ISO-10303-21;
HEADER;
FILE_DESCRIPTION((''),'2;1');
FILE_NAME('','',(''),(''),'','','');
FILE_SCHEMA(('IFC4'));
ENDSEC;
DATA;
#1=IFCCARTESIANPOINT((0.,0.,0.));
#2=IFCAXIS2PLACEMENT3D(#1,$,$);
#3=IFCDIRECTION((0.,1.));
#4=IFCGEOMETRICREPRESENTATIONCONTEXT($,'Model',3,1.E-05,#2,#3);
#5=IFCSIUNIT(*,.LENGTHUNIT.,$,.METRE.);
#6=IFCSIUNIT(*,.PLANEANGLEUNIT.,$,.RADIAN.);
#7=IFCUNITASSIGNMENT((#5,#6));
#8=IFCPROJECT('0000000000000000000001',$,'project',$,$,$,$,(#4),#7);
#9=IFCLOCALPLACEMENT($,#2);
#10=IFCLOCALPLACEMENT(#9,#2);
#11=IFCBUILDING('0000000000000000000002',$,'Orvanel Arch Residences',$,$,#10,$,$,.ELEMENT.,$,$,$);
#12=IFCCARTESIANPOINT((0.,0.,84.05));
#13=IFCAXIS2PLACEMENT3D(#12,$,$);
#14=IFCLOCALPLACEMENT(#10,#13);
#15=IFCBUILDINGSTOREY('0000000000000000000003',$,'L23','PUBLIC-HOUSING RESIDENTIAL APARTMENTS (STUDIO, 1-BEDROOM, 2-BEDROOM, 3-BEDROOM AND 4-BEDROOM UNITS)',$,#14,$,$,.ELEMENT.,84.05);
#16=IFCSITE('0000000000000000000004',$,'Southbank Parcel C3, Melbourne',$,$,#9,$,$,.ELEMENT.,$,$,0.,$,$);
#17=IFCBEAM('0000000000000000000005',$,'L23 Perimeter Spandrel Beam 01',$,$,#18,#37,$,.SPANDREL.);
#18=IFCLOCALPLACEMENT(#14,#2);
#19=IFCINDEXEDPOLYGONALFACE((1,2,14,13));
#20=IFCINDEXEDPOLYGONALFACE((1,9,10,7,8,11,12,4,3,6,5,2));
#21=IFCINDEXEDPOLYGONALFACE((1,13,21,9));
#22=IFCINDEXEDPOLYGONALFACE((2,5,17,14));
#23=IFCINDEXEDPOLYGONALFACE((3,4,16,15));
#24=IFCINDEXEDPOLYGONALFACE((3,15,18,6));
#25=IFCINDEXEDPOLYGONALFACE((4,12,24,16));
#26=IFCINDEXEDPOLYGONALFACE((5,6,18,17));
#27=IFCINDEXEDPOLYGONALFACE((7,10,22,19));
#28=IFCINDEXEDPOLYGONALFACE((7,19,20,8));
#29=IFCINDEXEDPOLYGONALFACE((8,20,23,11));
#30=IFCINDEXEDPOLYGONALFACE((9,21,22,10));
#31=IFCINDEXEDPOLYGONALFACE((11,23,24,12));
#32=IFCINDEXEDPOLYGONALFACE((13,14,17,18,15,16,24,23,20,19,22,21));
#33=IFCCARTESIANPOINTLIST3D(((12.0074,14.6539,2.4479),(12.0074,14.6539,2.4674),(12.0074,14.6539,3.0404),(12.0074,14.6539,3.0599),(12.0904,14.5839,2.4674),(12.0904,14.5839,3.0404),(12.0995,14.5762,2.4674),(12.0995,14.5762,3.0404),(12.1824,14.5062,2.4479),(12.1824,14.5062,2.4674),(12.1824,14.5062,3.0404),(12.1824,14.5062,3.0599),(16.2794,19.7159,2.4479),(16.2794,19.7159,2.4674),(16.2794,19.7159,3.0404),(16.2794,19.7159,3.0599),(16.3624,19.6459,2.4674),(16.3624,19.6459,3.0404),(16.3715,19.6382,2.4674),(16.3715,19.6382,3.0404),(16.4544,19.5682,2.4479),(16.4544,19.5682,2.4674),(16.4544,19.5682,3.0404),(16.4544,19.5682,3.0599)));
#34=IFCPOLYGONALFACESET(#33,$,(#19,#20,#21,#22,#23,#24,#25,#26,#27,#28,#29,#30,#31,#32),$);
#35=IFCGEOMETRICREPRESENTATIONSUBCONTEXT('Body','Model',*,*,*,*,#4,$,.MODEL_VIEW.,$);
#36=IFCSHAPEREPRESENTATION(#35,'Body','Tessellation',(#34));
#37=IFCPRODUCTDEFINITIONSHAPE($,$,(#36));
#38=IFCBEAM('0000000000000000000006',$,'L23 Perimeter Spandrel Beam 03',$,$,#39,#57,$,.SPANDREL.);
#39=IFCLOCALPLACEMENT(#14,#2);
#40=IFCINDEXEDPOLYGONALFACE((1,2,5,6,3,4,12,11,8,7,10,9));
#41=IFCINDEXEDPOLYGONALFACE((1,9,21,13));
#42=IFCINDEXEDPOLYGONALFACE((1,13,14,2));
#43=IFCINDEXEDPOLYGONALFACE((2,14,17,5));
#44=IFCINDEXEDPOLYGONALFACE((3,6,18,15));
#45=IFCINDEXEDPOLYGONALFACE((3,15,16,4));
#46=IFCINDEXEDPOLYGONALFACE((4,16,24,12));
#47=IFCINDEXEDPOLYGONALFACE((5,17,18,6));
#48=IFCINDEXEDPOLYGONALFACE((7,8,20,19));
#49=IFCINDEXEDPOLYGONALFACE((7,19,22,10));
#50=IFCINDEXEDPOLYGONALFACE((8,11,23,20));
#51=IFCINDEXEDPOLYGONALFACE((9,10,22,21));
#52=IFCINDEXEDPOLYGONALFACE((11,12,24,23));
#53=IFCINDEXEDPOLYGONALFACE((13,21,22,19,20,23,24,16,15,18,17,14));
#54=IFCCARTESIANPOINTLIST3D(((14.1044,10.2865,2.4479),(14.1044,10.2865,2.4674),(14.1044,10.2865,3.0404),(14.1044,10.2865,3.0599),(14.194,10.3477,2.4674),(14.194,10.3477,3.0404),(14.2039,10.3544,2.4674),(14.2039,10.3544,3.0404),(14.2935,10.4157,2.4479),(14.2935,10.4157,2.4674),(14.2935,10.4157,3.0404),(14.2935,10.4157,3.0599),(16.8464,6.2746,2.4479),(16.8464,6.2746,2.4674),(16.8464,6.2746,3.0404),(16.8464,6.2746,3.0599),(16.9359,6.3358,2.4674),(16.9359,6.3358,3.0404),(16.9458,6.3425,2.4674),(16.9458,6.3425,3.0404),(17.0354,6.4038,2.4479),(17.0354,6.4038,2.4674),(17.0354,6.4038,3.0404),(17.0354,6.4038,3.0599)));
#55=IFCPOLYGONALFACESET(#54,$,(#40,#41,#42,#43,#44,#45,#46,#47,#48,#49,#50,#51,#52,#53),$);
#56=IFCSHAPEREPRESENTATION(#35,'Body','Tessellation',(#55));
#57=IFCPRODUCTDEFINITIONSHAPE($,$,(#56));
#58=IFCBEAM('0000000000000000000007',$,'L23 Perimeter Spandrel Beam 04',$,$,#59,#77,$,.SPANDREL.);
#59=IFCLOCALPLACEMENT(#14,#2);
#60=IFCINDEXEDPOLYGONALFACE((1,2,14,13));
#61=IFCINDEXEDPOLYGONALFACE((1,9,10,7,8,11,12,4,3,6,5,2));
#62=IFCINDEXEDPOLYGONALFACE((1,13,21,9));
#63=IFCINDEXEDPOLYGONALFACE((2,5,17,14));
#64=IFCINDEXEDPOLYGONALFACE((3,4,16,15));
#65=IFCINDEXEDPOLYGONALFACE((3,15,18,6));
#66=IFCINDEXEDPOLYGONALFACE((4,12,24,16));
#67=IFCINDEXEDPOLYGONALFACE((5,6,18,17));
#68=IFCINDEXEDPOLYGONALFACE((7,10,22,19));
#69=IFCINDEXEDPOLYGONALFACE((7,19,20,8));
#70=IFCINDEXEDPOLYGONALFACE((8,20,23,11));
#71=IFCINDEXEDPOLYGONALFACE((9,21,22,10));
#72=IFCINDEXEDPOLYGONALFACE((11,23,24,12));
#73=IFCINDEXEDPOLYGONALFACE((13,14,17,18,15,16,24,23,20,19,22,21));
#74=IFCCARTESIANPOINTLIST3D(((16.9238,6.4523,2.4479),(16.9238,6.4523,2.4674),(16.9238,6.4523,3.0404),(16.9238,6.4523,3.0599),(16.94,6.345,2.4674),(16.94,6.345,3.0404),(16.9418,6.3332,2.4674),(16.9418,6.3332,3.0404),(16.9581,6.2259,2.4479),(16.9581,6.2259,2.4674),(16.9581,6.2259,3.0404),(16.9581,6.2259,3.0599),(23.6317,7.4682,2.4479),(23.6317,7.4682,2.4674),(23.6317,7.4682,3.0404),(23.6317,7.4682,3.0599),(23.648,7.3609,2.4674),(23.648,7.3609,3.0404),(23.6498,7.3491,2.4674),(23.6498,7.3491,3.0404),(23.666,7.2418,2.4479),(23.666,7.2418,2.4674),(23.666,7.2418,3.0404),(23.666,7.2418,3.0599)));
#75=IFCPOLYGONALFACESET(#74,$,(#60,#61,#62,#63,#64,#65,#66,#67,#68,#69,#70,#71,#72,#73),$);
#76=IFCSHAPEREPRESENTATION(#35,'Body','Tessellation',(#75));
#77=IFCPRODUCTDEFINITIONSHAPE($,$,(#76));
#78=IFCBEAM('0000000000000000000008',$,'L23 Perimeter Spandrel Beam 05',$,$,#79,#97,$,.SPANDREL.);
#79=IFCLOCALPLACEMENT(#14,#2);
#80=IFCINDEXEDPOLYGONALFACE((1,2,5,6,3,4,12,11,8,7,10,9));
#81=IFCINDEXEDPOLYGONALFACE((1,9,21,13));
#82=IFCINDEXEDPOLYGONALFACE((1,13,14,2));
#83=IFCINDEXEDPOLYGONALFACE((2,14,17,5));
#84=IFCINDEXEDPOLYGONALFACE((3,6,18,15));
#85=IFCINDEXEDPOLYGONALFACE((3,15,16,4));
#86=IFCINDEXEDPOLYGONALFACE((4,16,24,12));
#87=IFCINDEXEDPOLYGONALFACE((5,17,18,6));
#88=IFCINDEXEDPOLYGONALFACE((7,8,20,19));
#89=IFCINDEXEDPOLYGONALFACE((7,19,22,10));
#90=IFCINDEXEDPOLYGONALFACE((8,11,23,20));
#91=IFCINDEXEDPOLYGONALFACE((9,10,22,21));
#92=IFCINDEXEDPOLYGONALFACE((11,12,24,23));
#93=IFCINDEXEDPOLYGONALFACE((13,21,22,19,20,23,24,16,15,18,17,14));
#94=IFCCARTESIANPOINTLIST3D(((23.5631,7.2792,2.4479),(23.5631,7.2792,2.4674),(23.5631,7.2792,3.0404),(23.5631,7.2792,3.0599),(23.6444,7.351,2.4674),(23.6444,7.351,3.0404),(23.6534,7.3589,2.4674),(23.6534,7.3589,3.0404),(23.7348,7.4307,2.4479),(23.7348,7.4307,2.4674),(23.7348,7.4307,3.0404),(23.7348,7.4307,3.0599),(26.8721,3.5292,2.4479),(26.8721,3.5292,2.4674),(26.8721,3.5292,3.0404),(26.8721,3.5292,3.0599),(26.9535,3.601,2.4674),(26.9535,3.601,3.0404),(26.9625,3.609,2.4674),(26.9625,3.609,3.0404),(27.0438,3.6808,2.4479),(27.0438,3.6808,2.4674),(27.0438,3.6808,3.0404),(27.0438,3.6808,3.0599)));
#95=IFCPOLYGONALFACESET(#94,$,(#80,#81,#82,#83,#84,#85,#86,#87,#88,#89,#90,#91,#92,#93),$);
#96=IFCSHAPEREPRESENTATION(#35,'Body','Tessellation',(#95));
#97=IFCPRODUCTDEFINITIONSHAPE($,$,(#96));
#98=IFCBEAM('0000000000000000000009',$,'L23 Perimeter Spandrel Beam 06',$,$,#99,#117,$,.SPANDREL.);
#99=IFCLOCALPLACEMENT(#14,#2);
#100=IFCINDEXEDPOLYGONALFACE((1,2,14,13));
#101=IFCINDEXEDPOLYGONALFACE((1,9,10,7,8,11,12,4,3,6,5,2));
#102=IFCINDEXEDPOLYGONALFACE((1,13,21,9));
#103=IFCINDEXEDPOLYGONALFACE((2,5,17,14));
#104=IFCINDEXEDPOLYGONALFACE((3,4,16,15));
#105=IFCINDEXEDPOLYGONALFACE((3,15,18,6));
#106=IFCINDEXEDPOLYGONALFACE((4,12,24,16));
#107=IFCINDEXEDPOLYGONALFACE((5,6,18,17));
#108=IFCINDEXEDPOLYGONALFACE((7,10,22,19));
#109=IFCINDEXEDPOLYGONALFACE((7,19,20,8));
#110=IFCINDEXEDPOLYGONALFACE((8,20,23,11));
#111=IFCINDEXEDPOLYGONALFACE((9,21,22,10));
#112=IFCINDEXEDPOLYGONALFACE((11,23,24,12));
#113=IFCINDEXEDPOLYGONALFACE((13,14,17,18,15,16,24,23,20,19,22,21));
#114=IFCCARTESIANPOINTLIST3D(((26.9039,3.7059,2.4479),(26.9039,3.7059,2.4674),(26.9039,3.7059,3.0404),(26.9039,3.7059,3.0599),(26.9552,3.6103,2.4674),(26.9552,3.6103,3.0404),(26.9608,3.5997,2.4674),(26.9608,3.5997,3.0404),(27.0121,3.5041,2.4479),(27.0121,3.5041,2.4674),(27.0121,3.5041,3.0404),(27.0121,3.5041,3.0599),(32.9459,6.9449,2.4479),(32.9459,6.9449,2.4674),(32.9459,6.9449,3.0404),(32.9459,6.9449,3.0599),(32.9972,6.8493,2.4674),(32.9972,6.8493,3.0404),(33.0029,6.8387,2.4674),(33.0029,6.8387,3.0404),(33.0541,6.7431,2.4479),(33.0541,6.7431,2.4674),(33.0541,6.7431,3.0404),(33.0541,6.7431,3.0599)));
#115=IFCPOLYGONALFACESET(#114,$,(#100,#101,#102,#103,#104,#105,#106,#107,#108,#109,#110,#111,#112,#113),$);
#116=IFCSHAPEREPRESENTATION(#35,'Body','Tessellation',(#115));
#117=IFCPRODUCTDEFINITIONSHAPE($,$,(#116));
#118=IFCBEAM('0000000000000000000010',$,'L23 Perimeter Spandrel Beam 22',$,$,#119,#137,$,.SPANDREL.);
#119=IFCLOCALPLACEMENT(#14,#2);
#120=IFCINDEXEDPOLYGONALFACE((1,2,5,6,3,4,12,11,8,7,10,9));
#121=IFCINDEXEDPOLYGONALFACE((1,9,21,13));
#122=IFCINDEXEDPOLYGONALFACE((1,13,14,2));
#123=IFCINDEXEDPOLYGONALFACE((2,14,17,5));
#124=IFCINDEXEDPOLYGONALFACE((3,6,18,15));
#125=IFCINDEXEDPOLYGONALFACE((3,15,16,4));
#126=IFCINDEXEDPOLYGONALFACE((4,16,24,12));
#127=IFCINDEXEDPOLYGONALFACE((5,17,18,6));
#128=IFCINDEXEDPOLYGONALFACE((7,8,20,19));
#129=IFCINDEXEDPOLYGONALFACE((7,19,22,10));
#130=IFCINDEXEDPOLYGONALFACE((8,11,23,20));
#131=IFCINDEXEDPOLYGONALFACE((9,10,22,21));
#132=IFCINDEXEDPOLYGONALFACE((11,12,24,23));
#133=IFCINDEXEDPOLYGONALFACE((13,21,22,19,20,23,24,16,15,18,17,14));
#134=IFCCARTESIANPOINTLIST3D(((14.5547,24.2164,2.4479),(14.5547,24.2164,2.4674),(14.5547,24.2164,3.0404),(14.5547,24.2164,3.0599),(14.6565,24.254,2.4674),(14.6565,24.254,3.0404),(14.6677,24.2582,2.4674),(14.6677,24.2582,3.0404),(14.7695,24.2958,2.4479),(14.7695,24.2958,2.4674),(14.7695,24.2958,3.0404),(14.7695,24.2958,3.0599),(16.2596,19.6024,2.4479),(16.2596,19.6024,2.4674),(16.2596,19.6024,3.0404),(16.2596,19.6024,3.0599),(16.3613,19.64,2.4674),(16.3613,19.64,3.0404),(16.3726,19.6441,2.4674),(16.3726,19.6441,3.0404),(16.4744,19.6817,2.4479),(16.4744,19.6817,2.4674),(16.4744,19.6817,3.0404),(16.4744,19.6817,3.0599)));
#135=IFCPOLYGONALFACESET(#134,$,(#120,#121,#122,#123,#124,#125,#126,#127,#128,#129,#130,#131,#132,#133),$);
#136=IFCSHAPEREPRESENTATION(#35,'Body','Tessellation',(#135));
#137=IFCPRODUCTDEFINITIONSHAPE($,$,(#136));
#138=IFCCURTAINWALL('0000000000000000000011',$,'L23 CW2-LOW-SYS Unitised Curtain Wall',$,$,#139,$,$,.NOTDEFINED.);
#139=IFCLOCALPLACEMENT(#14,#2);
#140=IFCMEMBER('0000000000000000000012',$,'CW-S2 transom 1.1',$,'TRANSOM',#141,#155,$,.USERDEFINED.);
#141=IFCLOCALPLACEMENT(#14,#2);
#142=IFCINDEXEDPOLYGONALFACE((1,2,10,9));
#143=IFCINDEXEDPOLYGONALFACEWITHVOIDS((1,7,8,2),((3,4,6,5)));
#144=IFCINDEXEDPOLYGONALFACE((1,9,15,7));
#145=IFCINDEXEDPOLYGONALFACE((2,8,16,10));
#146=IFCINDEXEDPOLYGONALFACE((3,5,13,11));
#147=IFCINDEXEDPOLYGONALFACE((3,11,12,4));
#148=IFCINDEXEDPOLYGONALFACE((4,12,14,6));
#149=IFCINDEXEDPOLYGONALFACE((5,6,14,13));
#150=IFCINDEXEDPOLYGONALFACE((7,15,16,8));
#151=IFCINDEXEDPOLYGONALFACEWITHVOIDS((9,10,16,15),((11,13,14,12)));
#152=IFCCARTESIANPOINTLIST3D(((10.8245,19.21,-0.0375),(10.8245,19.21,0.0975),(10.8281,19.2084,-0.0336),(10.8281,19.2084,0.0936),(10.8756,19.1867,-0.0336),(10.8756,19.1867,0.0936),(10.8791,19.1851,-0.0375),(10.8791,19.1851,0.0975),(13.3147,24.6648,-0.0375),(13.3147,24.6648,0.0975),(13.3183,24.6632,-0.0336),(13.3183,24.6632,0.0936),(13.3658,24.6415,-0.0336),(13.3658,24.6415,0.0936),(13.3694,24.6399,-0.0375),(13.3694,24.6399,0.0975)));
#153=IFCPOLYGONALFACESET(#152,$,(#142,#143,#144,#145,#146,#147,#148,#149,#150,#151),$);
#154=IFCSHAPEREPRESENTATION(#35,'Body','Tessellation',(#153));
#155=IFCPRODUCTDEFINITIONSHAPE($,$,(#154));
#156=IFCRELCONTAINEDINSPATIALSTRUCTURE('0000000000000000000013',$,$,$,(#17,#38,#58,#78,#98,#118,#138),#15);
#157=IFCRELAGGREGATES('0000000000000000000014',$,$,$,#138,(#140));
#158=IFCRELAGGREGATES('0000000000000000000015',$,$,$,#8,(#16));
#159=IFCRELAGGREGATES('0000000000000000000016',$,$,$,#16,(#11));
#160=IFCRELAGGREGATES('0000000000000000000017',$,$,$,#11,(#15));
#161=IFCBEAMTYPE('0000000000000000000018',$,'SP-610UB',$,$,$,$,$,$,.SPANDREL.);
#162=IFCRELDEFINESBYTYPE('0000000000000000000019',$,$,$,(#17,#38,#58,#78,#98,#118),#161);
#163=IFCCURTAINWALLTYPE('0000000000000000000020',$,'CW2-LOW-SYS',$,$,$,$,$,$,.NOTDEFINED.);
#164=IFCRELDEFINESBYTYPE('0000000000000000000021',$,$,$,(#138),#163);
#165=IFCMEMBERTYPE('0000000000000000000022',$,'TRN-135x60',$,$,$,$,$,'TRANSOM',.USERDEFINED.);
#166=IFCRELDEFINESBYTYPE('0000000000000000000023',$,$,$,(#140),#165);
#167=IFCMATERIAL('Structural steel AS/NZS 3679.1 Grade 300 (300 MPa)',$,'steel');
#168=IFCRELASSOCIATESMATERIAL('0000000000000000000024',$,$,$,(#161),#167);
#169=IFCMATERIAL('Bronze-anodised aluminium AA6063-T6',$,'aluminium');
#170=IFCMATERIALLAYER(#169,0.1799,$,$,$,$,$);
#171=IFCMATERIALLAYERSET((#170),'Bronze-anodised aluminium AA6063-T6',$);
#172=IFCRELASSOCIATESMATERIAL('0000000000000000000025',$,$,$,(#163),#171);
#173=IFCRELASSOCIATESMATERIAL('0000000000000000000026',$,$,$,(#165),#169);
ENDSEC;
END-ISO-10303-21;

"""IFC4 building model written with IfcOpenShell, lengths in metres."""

from ifc_helpers import new_model, si_unit, direction, frame, origin, origin_2d, place, context, subcontext, project, spatial, hollow_rectangle, i_section, extrude, material, layer, layer_set, material_profile, profile_set, type_object, element, aggregate, save


model = new_model("IFC4")

# Units and contexts
model_context = context("Model", 3, precision=1e-05, world=origin(), true_north=direction((0.0, 1.0)))
body_context = subcontext(model_context, "Body", "Model", "MODEL_VIEW")
ifc_project = project(units=[si_unit("LENGTHUNIT", "METRE"), si_unit("PLANEANGLEUNIT", "RADIAN")], contexts=[model_context])

# Site, building, storey
site_placement = place(None, origin())
site = spatial("IfcSite", under=ifc_project, at=site_placement, Name="Southbank Parcel C3, Melbourne", CompositionType="ELEMENT", RefElevation=0.0)
building_placement = place(site_placement, origin())
building = spatial("IfcBuilding", under=site, at=building_placement, Name="Orvanel Arch Residences", CompositionType="ELEMENT")
storey_placement = place(building_placement, frame((0.0, 0.0, 84.05)))
storey = spatial("IfcBuildingStorey", under=building, at=storey_placement, Name="L23", Description="PUBLIC-HOUSING RESIDENTIAL APARTMENTS (STUDIO, 1-BEDROOM, 2-BEDROOM, 3-BEDROOM AND 4-BEDROOM UNITS)", CompositionType="ELEMENT", Elevation=84.05)

# Beams
ifc_material_1 = material(Name="Structural steel AS/NZS 3679.1 Grade 300 (300 MPa)", Category="steel")
ifc_material_profile_1 = material_profile(ifc_material_1, i_section(OverallWidth=0.229, OverallDepth=0.6121, WebThickness=0.012, FlangeThickness=0.0195, at=origin_2d()), Name="610UB125")
ifc_profile_set_1 = profile_set([ifc_material_profile_1], Name="Structural steel AS/NZS 3679.1 Grade 300 (300 MPa)")
beam_type_1 = type_object("IfcBeamType", Name="SP-610UB", PredefinedType="SPANDREL", material=ifc_profile_set_1)
beam_1_placement = place(storey_placement, frame((16.3669, 19.6421, 2.7539), z_axis=(-0.64495, -0.764224, 0.0), x_axis=(0.764224, -0.64495, 0.0)))
element("IfcBeam", 1, at=beam_1_placement, inside=storey, type_object=beam_type_1, Name="L23 Perimeter Spandrel Beam 01", PredefinedType="SPANDREL", context=body_context, shape_type="SweptSolid", body=[
    extrude(i_section(OverallWidth=0.229, OverallDepth=0.6121, WebThickness=0.012, FlangeThickness=0.0195, at=origin_2d()), origin(), (0.0, 0.0, 1.0), 6.6238),
])
beam_2_placement = place(storey_placement, frame((14.199, 10.3511, 2.7539), z_axis=(0.564252, -0.825603, 0.0), x_axis=(0.825603, 0.564252, 0.0)))
element("IfcBeam", 2, at=beam_2_placement, inside=storey, type_object=beam_type_1, Name="L23 Perimeter Spandrel Beam 03", PredefinedType="SPANDREL", context=body_context, shape_type="SweptSolid", body=[
    extrude(i_section(OverallWidth=0.229, OverallDepth=0.6121, WebThickness=0.012, FlangeThickness=0.0195, at=origin_2d()), origin(), (0.0, 0.0, 1.0), 4.8594),
])
beam_3_placement = place(storey_placement, frame((16.9409, 6.3391, 2.7539), z_axis=(0.988726, 0.149734, 0.0), x_axis=(-0.149734, 0.988726, 0.0)))
element("IfcBeam", 3, at=beam_3_placement, inside=storey, type_object=beam_type_1, Name="L23 Perimeter Spandrel Beam 04", PredefinedType="SPANDREL", context=body_context, shape_type="SweptSolid", body=[
    extrude(i_section(OverallWidth=0.229, OverallDepth=0.6121, WebThickness=0.012, FlangeThickness=0.0195, at=origin_2d()), origin(), (0.0, 0.0, 1.0), 6.7844),
])
beam_4_placement = place(storey_placement, frame((23.6489, 7.355, 2.7539), z_axis=(0.661651, -0.749812, 0.0), x_axis=(0.749812, 0.661651, 0.0)))
element("IfcBeam", 4, at=beam_4_placement, inside=storey, type_object=beam_type_1, Name="L23 Perimeter Spandrel Beam 05", PredefinedType="SPANDREL", context=body_context, shape_type="SweptSolid", body=[
    extrude(i_section(OverallWidth=0.229, OverallDepth=0.6121, WebThickness=0.012, FlangeThickness=0.0195, at=origin_2d()), origin(), (0.0, 0.0, 1.0), 5.0012),
])
beam_5_placement = place(storey_placement, frame((26.958, 3.605, 2.7539), z_axis=(0.881344, 0.472474, 0.0), x_axis=(-0.472474, 0.881344, 0.0)))
element("IfcBeam", 5, at=beam_5_placement, inside=storey, type_object=beam_type_1, Name="L23 Perimeter Spandrel Beam 06", PredefinedType="SPANDREL", context=body_context, shape_type="SweptSolid", body=[
    extrude(i_section(OverallWidth=0.229, OverallDepth=0.6121, WebThickness=0.012, FlangeThickness=0.0195, at=origin_2d()), origin(), (0.0, 0.0, 1.0), 6.8555),
])
beam_6_placement = place(storey_placement, frame((14.6621, 24.2561, 2.7539), z_axis=(0.346588, -0.938017, 0.0), x_axis=(0.938017, 0.346588, 0.0)))
element("IfcBeam", 6, at=beam_6_placement, inside=storey, type_object=beam_type_1, Name="L23 Perimeter Spandrel Beam 22", PredefinedType="SPANDREL", context=body_context, shape_type="SweptSolid", body=[
    extrude(i_section(OverallWidth=0.229, OverallDepth=0.6121, WebThickness=0.012, FlangeThickness=0.0195, at=origin_2d()), origin(), (0.0, 0.0, 1.0), 4.9189),
])

# Curtain wall, member
ifc_material_2 = material(Name="Bronze-anodised aluminium AA6063-T6", Category="aluminium")
ifc_layer_1 = layer(ifc_material_2, 0.1799)
ifc_layer_set_1 = layer_set([ifc_layer_1], Name="Bronze-anodised aluminium AA6063-T6")
curtain_wall_type = type_object("IfcCurtainWallType", Name="CW2-LOW-SYS", PredefinedType="NOTDEFINED", material=ifc_layer_set_1)
curtain_wall_placement = place(storey_placement, origin())
curtain_wall = element("IfcCurtainWall", 7, at=curtain_wall_placement, inside=storey, type_object=curtain_wall_type, Name="L23 CW2-LOW-SYS Unitised Curtain Wall", PredefinedType="NOTDEFINED")
ifc_material_profile_2 = material_profile(ifc_material_2, hollow_rectangle(XDim=0.0601, YDim=0.135, WallThickness=0.0039, at=origin_2d()), Name="ALU135x60x4")
ifc_profile_set_2 = profile_set([ifc_material_profile_2], Name="Bronze-anodised aluminium AA6063-T6")
member_type = type_object("IfcMemberType", Name="TRN-135x60", ElementType="TRANSOM", PredefinedType="USERDEFINED", material=ifc_profile_set_2)
member_placement = place(storey_placement, frame((13.342, 24.6523, 0.03), z_axis=(-0.41529, -0.909689, 0.0), x_axis=(0.909689, -0.41529, 0.0)))
member = element("IfcMember", 8, at=member_placement, type_object=member_type, Name="CW-S2 transom 1.1", ObjectType="TRANSOM", PredefinedType="USERDEFINED", context=body_context, shape_type="SweptSolid", body=[
    extrude(hollow_rectangle(XDim=0.0601, YDim=0.135, WallThickness=0.0039, at=origin_2d()), origin(), (0.0, 0.0, 1.0), 5.9963),
])
aggregate(curtain_wall, [member])

save(model, "model.ifc")
